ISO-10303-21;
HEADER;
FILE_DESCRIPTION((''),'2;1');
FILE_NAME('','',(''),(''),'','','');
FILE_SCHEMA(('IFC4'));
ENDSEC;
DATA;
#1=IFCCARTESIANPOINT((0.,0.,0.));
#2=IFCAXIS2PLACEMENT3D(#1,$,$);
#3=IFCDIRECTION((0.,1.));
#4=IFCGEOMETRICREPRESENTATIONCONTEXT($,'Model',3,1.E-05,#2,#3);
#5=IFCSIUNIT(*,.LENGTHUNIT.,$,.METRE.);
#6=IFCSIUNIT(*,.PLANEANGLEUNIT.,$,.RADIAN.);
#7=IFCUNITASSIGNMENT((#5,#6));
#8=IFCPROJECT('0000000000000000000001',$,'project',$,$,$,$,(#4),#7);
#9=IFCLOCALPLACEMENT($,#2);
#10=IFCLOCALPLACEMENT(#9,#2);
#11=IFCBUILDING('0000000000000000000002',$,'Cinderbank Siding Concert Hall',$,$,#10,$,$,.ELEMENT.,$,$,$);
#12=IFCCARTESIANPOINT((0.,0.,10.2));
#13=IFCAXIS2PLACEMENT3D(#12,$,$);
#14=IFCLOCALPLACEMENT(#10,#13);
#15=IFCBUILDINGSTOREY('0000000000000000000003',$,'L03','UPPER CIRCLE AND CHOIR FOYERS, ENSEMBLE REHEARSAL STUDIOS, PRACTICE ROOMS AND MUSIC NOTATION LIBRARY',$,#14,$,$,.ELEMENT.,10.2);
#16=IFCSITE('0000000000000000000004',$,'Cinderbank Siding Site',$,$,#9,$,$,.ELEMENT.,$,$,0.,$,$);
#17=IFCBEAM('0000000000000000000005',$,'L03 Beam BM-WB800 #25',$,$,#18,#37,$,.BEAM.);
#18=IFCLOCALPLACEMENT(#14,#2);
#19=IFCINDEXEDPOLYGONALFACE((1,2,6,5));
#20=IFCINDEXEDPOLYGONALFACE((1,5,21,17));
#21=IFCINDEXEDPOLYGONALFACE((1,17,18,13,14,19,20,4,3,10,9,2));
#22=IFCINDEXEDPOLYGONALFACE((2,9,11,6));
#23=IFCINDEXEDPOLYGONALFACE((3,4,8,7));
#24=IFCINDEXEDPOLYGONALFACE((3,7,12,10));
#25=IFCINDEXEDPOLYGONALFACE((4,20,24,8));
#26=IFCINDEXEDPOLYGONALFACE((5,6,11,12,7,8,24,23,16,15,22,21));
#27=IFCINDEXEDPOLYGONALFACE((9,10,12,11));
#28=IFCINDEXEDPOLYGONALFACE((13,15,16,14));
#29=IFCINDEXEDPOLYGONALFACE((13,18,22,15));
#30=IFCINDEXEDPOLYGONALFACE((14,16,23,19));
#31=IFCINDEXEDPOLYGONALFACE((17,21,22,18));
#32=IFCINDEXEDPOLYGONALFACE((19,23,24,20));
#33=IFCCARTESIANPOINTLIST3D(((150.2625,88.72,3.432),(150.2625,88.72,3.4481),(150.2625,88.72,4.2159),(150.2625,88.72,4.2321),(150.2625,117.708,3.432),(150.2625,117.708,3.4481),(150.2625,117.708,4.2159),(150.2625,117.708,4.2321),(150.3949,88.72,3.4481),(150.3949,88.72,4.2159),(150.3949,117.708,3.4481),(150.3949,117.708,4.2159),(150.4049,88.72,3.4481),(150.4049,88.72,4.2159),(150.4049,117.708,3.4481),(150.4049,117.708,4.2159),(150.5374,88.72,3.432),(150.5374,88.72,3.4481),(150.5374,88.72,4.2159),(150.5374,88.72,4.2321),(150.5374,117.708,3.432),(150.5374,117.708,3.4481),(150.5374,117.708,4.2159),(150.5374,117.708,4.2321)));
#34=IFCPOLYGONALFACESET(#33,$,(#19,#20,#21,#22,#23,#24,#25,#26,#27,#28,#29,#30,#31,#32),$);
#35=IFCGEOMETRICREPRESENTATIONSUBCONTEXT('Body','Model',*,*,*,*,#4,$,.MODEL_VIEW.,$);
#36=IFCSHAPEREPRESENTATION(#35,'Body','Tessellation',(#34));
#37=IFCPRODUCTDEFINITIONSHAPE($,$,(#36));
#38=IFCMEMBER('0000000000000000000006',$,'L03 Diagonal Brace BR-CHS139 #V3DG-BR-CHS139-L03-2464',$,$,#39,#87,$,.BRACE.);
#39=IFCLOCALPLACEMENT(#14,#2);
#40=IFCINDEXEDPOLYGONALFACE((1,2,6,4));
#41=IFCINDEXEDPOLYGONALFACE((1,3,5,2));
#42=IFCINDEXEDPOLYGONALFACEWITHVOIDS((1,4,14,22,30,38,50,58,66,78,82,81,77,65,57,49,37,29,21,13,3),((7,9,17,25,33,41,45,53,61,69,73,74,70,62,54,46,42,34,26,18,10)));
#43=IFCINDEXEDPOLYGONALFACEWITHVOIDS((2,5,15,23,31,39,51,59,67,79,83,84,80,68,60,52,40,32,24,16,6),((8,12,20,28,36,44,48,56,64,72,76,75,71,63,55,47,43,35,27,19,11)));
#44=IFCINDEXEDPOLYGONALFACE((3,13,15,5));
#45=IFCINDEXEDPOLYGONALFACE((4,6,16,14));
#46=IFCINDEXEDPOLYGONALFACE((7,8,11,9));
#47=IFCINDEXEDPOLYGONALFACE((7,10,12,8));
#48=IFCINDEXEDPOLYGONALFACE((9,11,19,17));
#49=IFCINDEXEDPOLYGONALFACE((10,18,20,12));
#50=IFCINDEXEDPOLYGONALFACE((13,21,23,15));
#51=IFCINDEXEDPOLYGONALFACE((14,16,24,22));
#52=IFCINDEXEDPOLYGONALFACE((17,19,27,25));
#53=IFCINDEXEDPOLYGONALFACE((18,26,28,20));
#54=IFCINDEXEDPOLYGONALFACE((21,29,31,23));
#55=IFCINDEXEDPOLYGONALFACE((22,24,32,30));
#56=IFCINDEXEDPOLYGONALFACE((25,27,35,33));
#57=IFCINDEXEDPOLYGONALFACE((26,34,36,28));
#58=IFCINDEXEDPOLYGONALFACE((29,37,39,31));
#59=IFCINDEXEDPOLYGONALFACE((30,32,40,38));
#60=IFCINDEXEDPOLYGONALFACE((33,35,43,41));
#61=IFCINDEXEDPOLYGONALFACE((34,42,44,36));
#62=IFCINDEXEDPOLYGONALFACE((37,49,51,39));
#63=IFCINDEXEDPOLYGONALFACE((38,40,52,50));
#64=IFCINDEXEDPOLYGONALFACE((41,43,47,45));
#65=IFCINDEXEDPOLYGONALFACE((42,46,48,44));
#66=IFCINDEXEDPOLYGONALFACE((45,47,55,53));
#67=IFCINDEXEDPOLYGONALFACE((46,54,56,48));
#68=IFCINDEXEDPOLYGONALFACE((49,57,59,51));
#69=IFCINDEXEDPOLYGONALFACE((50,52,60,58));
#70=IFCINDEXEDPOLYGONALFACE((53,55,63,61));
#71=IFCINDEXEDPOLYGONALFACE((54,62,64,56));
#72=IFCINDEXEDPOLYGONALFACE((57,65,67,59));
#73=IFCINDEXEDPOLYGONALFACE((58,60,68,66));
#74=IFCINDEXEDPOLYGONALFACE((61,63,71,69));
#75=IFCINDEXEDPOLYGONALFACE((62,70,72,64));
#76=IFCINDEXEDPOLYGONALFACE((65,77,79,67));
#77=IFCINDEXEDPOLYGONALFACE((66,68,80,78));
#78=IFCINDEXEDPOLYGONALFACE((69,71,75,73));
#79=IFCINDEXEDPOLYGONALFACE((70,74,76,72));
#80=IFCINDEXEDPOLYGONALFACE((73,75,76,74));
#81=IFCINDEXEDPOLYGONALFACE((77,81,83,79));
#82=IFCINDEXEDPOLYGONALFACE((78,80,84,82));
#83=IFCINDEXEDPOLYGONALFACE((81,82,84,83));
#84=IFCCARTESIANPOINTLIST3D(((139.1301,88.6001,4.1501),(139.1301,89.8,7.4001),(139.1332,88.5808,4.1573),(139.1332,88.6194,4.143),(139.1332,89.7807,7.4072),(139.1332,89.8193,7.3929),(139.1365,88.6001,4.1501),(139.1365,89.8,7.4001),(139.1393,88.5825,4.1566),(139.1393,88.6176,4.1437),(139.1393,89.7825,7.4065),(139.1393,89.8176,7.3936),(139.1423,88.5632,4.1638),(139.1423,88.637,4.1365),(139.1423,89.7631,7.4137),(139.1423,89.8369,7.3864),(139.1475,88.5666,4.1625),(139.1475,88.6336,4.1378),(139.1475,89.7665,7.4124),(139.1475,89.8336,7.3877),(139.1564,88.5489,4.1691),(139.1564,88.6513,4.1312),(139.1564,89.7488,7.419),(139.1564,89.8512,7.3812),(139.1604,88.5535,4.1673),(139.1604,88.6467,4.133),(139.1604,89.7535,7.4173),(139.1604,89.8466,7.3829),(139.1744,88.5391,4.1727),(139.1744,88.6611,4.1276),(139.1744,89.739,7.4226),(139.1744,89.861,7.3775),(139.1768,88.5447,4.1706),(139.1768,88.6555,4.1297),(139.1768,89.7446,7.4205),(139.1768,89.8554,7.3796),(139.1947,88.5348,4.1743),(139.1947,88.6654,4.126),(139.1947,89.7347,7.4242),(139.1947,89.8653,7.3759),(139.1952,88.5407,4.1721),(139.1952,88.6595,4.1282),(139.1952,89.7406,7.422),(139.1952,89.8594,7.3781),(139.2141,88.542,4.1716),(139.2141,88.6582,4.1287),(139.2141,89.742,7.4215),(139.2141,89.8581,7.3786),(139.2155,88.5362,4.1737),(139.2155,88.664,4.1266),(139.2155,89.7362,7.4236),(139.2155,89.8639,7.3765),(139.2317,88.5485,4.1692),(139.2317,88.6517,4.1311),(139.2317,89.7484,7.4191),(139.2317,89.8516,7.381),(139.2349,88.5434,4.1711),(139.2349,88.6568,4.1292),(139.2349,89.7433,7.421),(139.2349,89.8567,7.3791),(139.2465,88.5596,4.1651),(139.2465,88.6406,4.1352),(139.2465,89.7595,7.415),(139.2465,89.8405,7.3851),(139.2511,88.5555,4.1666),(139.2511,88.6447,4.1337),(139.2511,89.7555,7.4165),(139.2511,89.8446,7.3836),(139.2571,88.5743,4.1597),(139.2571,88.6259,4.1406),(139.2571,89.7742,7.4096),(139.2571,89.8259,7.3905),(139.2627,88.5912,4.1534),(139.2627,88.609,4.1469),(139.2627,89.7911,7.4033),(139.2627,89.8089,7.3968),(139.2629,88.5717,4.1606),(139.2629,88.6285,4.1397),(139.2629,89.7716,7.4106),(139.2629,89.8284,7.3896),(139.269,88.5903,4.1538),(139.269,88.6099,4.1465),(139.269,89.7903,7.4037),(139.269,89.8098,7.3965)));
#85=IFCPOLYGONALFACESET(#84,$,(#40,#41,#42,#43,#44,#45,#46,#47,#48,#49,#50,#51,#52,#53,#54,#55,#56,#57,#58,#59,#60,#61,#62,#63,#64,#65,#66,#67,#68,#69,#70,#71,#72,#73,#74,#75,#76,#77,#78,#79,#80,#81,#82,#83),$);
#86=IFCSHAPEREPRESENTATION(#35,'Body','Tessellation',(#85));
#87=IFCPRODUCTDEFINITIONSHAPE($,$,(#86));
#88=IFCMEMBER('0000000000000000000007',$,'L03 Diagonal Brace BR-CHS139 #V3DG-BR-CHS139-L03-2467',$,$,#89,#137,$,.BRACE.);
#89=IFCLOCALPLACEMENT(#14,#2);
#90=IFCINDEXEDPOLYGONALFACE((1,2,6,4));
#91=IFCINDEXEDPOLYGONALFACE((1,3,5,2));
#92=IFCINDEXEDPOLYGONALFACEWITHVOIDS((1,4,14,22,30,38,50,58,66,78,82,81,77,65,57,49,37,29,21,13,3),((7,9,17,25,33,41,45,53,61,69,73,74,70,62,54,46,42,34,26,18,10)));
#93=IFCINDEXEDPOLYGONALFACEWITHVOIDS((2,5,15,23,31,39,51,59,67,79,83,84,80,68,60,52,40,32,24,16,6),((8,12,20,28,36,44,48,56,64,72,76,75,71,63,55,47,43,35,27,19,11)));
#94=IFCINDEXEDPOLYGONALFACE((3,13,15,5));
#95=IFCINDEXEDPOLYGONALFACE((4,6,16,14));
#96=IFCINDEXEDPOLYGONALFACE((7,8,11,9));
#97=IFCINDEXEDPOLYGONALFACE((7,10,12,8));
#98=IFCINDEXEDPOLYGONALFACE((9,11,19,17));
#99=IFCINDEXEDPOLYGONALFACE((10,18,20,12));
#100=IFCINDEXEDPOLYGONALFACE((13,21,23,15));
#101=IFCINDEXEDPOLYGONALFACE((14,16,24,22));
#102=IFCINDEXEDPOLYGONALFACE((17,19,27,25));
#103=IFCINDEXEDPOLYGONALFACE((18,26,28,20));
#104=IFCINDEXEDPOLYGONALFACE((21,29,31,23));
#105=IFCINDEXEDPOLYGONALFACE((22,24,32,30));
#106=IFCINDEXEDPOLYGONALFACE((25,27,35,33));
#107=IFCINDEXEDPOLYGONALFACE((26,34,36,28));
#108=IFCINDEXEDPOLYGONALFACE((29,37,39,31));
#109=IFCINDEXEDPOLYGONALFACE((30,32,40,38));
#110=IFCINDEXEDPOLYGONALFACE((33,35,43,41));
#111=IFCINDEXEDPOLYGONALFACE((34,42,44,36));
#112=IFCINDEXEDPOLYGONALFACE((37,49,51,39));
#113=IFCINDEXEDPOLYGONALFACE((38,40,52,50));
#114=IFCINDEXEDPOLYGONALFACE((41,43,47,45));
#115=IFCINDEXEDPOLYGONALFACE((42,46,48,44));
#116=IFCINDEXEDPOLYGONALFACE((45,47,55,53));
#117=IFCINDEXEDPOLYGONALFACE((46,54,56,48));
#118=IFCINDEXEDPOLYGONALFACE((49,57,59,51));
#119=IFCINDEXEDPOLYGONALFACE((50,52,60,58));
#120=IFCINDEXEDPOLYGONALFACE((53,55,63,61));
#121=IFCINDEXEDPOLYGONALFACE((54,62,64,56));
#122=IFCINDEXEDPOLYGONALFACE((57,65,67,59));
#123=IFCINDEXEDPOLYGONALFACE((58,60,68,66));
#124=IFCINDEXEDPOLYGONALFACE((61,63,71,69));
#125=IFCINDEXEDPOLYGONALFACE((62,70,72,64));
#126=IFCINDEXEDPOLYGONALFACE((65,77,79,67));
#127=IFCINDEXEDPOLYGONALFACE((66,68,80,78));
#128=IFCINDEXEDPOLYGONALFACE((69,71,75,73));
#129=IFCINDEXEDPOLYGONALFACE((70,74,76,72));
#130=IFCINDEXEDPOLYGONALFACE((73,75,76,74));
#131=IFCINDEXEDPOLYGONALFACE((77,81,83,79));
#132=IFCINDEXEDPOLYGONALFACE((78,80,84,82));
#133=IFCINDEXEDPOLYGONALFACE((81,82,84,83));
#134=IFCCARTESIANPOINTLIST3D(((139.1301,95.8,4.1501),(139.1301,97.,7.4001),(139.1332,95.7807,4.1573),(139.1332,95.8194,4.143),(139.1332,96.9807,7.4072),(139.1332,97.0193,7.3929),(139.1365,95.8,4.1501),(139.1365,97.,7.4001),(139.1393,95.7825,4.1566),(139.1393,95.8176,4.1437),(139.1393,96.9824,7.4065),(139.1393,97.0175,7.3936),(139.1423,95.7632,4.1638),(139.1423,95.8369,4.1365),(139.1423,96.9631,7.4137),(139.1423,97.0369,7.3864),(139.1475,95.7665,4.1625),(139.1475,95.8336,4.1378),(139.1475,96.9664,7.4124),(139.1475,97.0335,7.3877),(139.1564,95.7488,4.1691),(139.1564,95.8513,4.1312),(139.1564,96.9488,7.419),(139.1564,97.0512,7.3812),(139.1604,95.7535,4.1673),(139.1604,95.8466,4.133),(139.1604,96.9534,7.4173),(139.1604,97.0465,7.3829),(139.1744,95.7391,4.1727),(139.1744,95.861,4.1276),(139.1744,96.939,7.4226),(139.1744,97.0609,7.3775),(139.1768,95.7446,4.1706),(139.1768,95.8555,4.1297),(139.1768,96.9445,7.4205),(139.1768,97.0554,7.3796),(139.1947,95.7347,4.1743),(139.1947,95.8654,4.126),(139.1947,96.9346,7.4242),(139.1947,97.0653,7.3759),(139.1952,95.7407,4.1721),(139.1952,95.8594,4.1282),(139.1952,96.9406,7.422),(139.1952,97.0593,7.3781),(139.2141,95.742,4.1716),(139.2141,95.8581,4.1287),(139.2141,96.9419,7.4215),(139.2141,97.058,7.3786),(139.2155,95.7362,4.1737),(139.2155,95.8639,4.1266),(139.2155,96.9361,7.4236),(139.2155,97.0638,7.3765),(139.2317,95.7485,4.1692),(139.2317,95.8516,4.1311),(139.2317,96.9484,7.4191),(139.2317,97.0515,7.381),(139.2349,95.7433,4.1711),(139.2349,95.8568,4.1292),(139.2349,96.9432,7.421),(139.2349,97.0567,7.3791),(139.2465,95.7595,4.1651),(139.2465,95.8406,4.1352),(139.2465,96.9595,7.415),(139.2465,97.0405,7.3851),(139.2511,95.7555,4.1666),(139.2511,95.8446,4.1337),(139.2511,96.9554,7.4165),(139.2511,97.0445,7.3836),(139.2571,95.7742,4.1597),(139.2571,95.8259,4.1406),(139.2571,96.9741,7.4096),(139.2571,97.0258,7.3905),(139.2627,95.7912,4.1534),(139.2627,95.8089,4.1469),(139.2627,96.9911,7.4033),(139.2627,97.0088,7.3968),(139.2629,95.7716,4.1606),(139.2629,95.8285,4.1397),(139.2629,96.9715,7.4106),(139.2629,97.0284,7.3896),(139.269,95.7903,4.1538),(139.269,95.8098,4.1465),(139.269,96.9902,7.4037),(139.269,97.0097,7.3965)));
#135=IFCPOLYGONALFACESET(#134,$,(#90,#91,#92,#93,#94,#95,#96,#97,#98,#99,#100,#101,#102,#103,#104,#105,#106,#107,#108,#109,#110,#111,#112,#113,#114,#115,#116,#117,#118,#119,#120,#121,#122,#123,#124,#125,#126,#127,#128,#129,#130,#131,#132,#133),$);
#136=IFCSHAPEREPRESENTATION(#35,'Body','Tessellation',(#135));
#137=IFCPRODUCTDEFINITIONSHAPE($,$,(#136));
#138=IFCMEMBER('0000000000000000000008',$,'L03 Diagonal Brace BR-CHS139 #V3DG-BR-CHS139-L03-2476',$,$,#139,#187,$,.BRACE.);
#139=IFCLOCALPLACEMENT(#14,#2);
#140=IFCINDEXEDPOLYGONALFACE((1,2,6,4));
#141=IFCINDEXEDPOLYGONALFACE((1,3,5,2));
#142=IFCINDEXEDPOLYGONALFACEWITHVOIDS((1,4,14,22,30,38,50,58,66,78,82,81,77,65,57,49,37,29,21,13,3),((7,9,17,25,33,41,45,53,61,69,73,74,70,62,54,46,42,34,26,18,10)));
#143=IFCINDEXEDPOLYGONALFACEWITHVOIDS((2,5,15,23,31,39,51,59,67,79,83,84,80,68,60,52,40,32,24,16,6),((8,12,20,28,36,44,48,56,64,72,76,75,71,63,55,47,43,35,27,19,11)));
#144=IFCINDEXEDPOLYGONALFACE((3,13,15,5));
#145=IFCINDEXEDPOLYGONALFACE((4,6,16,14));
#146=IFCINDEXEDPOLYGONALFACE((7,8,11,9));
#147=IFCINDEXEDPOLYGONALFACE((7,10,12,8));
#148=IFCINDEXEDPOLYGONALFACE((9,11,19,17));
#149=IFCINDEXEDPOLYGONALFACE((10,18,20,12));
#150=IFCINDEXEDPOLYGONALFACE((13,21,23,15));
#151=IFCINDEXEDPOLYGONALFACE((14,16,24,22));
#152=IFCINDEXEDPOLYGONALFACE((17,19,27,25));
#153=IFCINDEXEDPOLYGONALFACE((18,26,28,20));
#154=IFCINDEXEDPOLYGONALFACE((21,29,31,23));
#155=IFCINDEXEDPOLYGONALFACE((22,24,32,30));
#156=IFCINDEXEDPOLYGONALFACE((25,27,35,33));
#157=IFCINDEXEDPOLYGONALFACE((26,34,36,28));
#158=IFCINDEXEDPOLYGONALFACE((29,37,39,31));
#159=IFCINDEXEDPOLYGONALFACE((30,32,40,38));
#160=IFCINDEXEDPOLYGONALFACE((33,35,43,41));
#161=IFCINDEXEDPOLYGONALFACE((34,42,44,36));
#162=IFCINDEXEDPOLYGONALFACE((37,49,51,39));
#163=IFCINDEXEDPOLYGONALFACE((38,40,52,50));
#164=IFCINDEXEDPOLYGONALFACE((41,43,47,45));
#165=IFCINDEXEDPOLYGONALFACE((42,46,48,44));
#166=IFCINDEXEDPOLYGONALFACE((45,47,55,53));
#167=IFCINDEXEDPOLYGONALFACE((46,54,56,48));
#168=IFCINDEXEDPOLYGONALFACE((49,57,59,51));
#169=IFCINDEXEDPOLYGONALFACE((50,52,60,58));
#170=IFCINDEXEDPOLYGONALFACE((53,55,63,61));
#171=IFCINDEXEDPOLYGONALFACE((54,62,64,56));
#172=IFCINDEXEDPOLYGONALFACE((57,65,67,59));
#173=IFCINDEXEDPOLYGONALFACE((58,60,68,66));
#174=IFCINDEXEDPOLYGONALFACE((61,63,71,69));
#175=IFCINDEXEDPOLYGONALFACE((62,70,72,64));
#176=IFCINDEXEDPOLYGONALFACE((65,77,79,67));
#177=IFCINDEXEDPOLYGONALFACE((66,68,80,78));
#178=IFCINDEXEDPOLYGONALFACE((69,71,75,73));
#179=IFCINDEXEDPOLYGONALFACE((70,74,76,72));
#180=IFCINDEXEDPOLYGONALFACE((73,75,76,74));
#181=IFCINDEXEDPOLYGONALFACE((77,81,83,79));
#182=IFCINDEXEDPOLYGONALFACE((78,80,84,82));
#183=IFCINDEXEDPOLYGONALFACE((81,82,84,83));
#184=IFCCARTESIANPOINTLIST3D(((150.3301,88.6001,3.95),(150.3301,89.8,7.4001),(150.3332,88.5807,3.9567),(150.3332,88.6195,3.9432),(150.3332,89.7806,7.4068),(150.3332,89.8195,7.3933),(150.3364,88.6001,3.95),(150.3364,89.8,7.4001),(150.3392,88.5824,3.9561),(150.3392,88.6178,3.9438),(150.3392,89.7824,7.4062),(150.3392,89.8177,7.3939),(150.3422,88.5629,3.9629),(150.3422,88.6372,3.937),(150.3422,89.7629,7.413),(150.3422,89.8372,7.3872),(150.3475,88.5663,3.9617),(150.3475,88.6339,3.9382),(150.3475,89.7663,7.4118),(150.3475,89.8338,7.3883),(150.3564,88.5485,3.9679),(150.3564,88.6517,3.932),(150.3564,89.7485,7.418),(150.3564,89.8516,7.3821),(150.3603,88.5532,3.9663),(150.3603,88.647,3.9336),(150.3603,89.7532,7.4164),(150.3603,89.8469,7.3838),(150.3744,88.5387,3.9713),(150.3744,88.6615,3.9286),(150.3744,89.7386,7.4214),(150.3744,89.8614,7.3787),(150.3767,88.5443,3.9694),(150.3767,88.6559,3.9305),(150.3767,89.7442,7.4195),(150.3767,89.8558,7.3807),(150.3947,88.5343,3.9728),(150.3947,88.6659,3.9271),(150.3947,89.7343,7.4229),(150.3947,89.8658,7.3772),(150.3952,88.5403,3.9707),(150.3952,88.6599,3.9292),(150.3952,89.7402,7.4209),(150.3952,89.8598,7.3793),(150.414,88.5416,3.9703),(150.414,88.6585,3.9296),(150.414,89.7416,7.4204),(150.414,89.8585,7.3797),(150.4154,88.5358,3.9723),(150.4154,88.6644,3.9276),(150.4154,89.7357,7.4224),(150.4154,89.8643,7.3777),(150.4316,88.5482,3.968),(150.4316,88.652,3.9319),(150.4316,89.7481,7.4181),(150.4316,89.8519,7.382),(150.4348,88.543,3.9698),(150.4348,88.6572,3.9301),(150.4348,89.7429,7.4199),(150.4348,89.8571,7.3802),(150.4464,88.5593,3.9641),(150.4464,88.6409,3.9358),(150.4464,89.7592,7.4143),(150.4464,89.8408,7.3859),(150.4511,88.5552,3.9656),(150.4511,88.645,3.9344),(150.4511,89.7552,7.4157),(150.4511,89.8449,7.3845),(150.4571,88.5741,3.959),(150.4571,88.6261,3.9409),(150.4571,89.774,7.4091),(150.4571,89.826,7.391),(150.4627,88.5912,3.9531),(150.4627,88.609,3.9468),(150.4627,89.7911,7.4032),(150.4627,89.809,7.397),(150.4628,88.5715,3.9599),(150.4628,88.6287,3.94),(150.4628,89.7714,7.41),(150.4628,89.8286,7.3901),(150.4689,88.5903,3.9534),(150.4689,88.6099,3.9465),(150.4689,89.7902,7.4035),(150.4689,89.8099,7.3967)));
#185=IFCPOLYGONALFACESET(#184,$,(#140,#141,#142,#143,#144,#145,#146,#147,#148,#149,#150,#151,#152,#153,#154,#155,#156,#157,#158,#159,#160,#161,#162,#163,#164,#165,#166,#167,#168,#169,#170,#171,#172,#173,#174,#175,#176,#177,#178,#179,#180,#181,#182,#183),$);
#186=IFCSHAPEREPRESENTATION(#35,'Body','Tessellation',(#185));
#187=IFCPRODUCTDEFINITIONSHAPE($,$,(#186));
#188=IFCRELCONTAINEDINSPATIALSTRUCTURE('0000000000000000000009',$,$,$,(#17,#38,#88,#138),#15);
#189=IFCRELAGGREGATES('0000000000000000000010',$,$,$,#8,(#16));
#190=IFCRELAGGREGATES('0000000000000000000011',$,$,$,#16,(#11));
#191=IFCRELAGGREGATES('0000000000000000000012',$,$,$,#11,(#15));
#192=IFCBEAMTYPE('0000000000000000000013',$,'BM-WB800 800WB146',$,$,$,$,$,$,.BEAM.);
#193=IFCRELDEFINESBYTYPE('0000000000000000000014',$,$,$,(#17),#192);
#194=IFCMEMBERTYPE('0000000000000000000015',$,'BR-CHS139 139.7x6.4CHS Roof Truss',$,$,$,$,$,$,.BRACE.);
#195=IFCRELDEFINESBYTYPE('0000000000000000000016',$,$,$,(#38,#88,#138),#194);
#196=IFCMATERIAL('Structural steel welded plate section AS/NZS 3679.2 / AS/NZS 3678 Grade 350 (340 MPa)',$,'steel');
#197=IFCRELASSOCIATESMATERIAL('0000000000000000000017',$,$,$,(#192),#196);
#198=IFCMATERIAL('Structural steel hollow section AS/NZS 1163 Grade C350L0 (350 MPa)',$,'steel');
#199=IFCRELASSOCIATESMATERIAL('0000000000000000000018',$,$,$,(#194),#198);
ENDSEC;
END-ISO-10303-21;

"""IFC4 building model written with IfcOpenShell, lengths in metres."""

from ifc_helpers import new_model, si_unit, direction, frame, origin, origin_2d, place, context, subcontext, project, spatial, hollow_circle, i_section, extrude, material, material_profile, profile_set, type_object, element, save


model = new_model("IFC4")

# Units and contexts
model_context = context("Model", 3, precision=1e-05, world=origin(), true_north=direction((0.0, 1.0)))
body_context = subcontext(model_context, "Body", "Model", "MODEL_VIEW")
ifc_project = project(units=[si_unit("LENGTHUNIT", "METRE"), si_unit("PLANEANGLEUNIT", "RADIAN")], contexts=[model_context])

# Site, building, storey
site_placement = place(None, origin())
site = spatial("IfcSite", under=ifc_project, at=site_placement, Name="Cinderbank Siding Site", CompositionType="ELEMENT", RefElevation=0.0)
building_placement = place(site_placement, origin())
building = spatial("IfcBuilding", under=site, at=building_placement, Name="Cinderbank Siding Concert Hall", CompositionType="ELEMENT")
storey_placement = place(building_placement, frame((0.0, 0.0, 10.2)))
storey = spatial("IfcBuildingStorey", under=building, at=storey_placement, Name="L03", Description="UPPER CIRCLE AND CHOIR FOYERS, ENSEMBLE REHEARSAL STUDIOS, PRACTICE ROOMS AND MUSIC NOTATION LIBRARY", CompositionType="ELEMENT", Elevation=10.2)

# Beam
ifc_material_1 = material(Name="Structural steel welded plate section AS/NZS 3679.2 / AS/NZS 3678 Grade 350 (340 MPa)", Category="steel")
ifc_material_profile_1 = material_profile(ifc_material_1, i_section(OverallWidth=0.2749, OverallDepth=0.8, WebThickness=0.01, FlangeThickness=0.0161, at=origin_2d()), Name="800WB146", Category="LoadBearing")
ifc_profile_set_1 = profile_set([ifc_material_profile_1], Name="Structural steel welded plate section AS/NZS 3679.2 / AS/NZS 3678 Grade 350 (340 MPa)")
beam_type_1 = type_object("IfcBeamType", Name="BM-WB800 800WB146", PredefinedType="BEAM", material=ifc_profile_set_1)
beam_1_placement = place(storey_placement, frame((150.3999, 88.72, 3.832), z_axis=(0.0, 1.0, 0.0), x_axis=(-1.0, 0.0, 0.0)))
element("IfcBeam", 1, at=beam_1_placement, inside=storey, type_object=beam_type_1, Name="L03 Beam BM-WB800 #25", PredefinedType="BEAM", context=body_context, shape_type="SweptSolid", body=[
    extrude(i_section(OverallWidth=0.2749, OverallDepth=0.8, WebThickness=0.01, FlangeThickness=0.0161, at=origin_2d()), origin(), (0.0, 0.0, 1.0), 28.988),
])

# Members
ifc_material_2 = material(Name="Structural steel hollow section AS/NZS 1163 Grade C350L0 (350 MPa)", Category="steel")
ifc_material_profile_2 = material_profile(ifc_material_2, hollow_circle(Radius=0.0698, WallThickness=0.0063, at=origin_2d()), Name="139.7x6.4CHS", Category="LoadBearing")
ifc_profile_set_2 = profile_set([ifc_material_profile_2], Name="Structural steel hollow section AS/NZS 1163 Grade C350L0 (350 MPa)")
member_type_1 = type_object("IfcMemberType", Name="BR-CHS139 139.7x6.4CHS Roof Truss", PredefinedType="BRACE", material=ifc_profile_set_2)
for number, where, z_axis, x_axis, name in (
    (2, (139.2, 88.6001, 4.1501), (0.0, 0.346362, 0.938101), (-1.0, 0.0, 0.0), "L03 Diagonal Brace BR-CHS139 #V3DG-BR-CHS139-L03-2464"),
    (3, (139.2, 95.8, 4.1501), (0.0, 0.346362, 0.938101), (-1.0, 0.0, 0.0), "L03 Diagonal Brace BR-CHS139 #V3DG-BR-CHS139-L03-2467"),
):
    element("IfcMember", number, at=place(storey_placement, frame(where, z_axis=z_axis, x_axis=x_axis)), inside=storey, type_object=member_type_1, Name=name, PredefinedType="BRACE", context=body_context, shape_type="SweptSolid", body=[
        extrude(hollow_circle(Radius=0.0698, WallThickness=0.0063, at=origin_2d()), origin(), (0.0, 0.0, 1.0), 3.4644),
    ])
member_1_placement = place(storey_placement, frame((150.3999, 88.6001, 3.95), z_axis=(0.0, 0.328492, 0.944507), x_axis=(-1.0, 0.0, 0.0)))
element("IfcMember", 4, at=member_1_placement, inside=storey, type_object=member_type_1, Name="L03 Diagonal Brace BR-CHS139 #V3DG-BR-CHS139-L03-2476", PredefinedType="BRACE", context=body_context, shape_type="SweptSolid", body=[
    extrude(hollow_circle(Radius=0.0698, WallThickness=0.0063, at=origin_2d()), origin(), (0.0, 0.0, 1.0), 3.6528),
])

save(model, "model.ifc")
